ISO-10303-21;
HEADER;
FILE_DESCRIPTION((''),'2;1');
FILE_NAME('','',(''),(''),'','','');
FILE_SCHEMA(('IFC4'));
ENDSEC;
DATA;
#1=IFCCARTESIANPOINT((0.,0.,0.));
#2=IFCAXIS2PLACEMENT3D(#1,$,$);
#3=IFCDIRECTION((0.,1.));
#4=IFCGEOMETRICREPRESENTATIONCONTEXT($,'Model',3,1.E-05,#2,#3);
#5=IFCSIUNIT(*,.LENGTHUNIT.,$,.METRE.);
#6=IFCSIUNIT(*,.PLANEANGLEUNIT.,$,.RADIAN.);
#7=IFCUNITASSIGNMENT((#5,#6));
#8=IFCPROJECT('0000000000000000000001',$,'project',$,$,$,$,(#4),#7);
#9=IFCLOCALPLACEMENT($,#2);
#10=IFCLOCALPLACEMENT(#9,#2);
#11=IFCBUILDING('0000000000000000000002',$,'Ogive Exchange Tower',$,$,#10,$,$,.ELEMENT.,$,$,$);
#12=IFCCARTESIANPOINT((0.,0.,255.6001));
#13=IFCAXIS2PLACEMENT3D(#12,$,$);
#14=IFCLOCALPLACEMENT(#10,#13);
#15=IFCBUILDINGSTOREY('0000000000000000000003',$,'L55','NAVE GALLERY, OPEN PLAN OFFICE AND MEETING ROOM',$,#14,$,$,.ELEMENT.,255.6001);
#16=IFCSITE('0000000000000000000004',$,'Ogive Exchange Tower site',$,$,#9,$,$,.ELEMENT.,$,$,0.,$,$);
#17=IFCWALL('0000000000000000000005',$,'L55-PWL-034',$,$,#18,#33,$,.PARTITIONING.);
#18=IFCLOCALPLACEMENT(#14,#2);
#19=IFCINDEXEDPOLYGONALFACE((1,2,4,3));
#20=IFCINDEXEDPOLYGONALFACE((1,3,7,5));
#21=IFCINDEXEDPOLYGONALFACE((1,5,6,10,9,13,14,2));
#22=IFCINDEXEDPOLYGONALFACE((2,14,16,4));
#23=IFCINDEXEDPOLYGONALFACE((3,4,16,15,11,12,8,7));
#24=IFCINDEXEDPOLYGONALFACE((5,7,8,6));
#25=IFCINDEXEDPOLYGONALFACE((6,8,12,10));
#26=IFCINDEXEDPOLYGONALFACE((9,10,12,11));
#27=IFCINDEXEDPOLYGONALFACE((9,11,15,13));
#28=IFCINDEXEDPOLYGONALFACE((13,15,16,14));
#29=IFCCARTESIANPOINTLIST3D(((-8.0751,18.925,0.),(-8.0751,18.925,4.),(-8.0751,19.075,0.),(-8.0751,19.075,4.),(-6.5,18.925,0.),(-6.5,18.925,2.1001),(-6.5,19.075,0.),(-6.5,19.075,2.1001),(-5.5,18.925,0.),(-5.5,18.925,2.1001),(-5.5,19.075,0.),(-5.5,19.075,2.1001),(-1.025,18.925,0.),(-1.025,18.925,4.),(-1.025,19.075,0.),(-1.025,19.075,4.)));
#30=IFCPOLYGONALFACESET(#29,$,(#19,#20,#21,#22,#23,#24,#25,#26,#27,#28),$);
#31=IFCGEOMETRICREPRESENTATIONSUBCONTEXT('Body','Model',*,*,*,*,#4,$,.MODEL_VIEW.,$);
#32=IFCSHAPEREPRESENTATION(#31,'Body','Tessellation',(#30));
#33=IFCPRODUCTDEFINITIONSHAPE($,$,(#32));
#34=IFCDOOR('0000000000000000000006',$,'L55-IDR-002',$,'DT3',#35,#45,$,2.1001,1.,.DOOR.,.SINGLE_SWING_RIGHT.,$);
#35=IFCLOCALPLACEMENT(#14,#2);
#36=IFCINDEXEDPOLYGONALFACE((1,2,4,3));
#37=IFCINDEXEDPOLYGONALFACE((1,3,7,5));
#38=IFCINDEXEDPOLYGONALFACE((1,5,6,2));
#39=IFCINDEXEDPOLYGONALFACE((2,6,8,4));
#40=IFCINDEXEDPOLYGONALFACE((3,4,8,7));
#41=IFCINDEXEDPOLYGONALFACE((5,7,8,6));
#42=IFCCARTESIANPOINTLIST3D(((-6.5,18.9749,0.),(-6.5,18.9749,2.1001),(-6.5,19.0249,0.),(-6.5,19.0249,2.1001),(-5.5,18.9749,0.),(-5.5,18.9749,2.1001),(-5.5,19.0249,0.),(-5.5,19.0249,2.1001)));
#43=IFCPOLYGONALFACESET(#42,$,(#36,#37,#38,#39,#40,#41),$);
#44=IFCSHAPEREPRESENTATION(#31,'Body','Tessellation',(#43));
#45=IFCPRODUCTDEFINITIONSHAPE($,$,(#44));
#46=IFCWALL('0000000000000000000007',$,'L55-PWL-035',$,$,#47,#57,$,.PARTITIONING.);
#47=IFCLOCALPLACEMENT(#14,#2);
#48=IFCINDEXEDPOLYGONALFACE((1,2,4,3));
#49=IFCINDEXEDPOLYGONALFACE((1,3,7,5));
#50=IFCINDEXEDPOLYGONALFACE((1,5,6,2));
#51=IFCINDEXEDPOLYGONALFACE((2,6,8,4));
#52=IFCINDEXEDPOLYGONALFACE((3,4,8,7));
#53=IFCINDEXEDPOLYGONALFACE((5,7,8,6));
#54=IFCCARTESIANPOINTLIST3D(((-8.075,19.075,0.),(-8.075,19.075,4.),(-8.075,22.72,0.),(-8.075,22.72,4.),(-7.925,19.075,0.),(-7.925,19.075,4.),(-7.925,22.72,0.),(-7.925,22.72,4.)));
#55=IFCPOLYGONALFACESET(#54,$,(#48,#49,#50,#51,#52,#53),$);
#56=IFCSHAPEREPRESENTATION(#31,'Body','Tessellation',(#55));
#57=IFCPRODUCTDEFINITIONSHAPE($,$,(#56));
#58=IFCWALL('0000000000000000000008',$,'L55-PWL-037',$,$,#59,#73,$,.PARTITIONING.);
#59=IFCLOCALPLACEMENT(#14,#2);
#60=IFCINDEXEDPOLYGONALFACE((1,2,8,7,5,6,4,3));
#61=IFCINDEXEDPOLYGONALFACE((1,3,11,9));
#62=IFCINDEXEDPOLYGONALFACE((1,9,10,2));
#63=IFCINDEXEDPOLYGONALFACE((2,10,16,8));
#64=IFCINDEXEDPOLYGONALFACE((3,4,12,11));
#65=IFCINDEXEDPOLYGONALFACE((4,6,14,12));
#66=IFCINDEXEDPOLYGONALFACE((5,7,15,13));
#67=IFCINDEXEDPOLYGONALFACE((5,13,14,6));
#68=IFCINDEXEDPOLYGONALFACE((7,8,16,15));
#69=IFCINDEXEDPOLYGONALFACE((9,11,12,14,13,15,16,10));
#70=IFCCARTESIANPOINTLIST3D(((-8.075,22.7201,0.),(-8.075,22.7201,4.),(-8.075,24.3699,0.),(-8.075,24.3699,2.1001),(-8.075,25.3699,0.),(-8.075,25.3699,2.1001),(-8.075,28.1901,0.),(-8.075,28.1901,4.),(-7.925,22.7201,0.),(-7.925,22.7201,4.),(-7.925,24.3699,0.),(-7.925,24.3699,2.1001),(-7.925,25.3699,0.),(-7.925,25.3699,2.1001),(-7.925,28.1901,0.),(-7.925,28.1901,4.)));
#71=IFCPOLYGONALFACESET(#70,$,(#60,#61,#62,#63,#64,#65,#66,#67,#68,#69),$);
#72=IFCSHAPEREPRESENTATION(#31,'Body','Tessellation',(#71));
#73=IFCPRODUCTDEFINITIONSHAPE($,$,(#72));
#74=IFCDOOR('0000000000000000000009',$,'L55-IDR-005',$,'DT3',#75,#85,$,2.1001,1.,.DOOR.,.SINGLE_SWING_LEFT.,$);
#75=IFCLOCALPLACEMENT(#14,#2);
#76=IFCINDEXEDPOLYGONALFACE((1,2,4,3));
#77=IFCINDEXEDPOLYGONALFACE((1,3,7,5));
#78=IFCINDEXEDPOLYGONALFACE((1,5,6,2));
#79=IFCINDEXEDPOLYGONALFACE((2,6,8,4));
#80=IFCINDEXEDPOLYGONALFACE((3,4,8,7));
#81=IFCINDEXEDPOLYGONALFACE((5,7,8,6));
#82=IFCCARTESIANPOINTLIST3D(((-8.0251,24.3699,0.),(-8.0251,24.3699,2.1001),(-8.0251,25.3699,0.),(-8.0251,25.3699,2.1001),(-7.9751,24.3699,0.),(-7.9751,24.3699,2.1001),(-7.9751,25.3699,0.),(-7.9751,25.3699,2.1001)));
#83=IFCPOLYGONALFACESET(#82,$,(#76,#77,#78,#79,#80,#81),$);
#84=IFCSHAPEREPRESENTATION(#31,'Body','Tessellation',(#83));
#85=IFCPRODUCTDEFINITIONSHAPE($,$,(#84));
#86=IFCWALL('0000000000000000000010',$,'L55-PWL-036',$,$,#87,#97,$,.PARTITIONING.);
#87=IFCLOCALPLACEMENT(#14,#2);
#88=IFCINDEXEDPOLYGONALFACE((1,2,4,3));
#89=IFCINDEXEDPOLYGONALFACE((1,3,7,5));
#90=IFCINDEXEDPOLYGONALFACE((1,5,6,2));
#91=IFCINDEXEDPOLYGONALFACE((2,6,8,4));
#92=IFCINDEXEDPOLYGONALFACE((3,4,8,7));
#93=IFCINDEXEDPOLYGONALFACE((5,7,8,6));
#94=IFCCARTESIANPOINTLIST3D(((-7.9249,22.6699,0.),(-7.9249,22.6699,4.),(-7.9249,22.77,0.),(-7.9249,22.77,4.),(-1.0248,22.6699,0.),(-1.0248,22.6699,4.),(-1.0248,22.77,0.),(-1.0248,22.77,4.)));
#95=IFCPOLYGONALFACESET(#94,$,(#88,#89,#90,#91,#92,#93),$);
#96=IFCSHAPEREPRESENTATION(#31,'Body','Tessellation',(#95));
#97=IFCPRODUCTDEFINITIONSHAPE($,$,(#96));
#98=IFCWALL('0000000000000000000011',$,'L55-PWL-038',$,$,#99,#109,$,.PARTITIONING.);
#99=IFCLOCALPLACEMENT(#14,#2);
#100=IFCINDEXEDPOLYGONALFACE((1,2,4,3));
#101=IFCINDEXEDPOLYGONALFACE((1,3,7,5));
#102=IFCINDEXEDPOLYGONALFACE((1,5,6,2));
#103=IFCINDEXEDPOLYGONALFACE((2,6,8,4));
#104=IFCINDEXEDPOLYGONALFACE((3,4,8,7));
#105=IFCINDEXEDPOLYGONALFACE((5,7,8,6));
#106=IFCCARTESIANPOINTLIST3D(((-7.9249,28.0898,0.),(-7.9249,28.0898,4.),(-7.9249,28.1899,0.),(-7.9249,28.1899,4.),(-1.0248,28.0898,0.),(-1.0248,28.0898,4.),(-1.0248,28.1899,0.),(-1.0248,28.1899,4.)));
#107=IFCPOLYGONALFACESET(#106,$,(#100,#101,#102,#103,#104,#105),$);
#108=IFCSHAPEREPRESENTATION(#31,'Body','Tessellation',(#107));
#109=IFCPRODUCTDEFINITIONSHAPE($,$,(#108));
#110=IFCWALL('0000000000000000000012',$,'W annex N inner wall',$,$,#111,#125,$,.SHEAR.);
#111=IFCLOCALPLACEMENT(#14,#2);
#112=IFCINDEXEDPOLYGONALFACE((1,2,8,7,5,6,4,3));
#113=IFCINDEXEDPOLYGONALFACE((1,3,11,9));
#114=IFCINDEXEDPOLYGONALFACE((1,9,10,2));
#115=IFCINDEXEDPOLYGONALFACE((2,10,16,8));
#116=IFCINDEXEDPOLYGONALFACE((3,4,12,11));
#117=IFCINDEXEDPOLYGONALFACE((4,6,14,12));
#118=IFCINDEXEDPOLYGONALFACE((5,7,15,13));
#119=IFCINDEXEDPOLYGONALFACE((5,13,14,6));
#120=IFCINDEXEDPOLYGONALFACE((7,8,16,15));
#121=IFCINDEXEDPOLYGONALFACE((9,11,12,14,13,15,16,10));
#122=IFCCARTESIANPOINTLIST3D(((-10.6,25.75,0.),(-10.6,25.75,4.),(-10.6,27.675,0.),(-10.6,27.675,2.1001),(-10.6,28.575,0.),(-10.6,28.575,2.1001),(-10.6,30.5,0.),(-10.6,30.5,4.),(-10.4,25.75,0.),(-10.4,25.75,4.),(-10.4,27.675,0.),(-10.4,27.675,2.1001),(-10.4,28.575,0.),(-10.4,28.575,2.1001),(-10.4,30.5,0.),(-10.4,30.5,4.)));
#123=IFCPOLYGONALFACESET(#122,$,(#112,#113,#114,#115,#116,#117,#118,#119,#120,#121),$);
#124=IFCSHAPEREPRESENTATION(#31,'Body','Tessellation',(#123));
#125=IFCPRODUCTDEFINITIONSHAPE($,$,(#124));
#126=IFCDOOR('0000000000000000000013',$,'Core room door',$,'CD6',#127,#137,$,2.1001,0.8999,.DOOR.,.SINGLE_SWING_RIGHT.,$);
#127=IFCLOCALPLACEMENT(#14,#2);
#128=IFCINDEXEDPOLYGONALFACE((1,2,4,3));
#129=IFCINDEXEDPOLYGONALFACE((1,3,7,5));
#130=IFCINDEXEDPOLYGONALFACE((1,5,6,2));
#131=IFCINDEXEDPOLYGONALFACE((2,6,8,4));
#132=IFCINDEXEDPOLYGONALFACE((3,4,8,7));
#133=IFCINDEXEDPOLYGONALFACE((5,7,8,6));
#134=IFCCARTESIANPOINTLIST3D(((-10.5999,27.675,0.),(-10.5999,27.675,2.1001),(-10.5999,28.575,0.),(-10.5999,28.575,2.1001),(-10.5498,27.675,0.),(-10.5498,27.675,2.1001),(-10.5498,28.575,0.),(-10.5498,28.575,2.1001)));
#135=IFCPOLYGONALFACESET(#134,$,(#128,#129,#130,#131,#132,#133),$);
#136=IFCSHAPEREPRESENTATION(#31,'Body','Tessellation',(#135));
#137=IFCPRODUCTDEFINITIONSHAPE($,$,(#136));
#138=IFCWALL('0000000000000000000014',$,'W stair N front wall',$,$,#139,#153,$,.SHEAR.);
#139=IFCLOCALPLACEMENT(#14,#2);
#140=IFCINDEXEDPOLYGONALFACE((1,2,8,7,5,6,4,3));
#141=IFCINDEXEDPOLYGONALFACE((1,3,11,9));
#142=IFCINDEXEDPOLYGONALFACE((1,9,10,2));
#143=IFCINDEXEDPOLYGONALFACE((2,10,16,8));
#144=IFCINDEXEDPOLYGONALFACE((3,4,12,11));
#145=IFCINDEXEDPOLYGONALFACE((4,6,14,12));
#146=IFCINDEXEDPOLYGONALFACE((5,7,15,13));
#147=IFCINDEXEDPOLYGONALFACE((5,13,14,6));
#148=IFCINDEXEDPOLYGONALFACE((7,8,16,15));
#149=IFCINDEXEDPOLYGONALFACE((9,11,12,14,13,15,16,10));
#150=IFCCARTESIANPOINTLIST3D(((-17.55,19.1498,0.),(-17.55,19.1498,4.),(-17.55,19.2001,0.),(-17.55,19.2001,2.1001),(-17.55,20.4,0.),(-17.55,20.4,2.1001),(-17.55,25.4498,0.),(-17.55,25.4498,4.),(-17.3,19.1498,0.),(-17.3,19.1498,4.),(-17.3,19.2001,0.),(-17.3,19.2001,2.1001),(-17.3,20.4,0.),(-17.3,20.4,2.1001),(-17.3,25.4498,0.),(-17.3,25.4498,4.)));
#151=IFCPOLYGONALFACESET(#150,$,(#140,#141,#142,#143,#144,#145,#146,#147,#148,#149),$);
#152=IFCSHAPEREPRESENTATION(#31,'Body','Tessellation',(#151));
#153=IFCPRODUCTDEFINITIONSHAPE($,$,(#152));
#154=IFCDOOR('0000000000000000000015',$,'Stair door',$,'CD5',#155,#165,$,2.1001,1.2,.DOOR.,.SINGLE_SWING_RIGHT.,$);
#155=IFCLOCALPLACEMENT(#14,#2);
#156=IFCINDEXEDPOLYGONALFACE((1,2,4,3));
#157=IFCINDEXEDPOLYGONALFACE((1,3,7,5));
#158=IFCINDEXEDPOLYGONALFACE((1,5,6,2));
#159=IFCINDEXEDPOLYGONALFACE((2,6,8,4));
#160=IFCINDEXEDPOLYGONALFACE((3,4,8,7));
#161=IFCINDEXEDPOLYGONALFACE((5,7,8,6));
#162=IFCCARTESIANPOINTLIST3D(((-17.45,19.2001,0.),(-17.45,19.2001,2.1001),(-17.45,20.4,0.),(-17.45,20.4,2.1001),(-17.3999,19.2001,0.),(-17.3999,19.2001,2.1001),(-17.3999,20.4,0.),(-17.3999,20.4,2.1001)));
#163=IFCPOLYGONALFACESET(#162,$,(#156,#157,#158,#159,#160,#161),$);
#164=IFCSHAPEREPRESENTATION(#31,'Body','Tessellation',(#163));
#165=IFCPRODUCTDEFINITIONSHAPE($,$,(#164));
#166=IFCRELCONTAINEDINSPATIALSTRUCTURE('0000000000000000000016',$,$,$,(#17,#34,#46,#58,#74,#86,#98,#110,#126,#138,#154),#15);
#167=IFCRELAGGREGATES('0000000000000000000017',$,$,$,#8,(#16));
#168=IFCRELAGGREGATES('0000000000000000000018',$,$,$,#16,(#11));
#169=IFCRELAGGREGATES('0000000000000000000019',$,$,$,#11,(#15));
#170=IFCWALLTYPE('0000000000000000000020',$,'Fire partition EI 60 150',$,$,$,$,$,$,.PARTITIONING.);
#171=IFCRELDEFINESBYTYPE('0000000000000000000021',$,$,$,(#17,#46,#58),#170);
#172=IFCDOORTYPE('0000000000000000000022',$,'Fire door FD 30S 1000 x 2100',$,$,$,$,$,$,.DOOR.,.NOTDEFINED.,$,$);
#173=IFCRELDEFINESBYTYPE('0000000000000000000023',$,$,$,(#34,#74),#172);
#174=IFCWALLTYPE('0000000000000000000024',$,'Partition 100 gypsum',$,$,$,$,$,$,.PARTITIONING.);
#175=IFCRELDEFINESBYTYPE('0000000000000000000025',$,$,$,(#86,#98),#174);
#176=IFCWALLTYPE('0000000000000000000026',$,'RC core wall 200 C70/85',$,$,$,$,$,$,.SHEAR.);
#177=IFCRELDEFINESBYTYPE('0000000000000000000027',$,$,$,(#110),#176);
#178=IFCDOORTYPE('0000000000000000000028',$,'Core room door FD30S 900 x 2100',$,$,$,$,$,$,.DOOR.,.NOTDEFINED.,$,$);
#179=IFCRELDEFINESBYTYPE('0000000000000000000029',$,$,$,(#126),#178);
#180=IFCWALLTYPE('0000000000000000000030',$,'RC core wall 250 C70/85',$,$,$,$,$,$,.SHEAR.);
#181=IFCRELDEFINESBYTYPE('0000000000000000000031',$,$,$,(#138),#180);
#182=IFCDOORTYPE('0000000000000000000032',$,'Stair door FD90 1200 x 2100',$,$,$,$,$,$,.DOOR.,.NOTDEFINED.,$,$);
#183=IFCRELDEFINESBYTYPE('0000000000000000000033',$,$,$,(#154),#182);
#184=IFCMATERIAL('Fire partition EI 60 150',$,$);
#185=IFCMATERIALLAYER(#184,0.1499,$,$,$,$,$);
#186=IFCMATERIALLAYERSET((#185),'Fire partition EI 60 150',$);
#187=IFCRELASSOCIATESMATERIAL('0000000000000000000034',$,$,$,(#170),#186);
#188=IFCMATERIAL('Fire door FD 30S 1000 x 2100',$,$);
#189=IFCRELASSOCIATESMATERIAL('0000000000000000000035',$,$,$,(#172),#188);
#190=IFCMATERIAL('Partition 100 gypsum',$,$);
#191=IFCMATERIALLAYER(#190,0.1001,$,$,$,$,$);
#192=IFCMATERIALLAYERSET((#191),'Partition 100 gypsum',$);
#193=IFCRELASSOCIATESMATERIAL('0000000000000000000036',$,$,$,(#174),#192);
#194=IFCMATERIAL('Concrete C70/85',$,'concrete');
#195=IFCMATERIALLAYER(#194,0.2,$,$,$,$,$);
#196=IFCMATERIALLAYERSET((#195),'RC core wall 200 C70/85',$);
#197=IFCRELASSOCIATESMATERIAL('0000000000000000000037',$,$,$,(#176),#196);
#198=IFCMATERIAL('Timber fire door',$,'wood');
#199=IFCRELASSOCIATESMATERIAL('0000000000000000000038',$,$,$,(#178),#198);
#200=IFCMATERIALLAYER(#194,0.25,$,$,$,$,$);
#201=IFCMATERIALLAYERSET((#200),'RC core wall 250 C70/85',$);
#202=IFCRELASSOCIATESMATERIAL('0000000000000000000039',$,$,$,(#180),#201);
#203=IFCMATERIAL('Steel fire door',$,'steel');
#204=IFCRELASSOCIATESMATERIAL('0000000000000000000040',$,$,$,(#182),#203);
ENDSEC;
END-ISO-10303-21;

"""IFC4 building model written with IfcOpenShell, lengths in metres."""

from ifc_helpers import new_model, si_unit, direction, frame, frame_2d, origin, place, context, subcontext, project, spatial, rectangle, extrude, material, layer, layer_set, type_object, element, fill, save


model = new_model("IFC4")

# Units and contexts
model_context = context("Model", 3, precision=1e-05, world=origin(), true_north=direction((0.0, 1.0)))
body_context = subcontext(model_context, "Body", "Model", "MODEL_VIEW")
ifc_project = project(units=[si_unit("LENGTHUNIT", "METRE"), si_unit("PLANEANGLEUNIT", "RADIAN")], contexts=[model_context])

# Site, building, storey
site_placement = place(None, origin())
site = spatial("IfcSite", under=ifc_project, at=site_placement, Name="Ogive Exchange Tower site", CompositionType="ELEMENT", RefElevation=0.0)
building_placement = place(site_placement, origin())
building = spatial("IfcBuilding", under=site, at=building_placement, Name="Ogive Exchange Tower", CompositionType="ELEMENT")
storey_placement = place(building_placement, frame((0.0, 0.0, 255.6001)))
storey = spatial("IfcBuildingStorey", under=building, at=storey_placement, Name="L55", Description="NAVE GALLERY, OPEN PLAN OFFICE AND MEETING ROOM", CompositionType="ELEMENT", Elevation=255.6001)

# Shared definitions
ifc_material_1 = material(Name="Fire partition EI 60 150")
ifc_layer_1 = layer(ifc_material_1, 0.1499)
ifc_layer_set_1 = layer_set([ifc_layer_1], Name="Fire partition EI 60 150")
wall_type_1 = type_object("IfcWallType", Name="Fire partition EI 60 150", PredefinedType="PARTITIONING", material=ifc_layer_set_1)

# Wall, opening, door
wall_1_placement = place(storey_placement, frame((-8.075, 19.0, 0.0), z_axis=(0.0, 0.0, 1.0), x_axis=(1.0, 0.0, 0.0)))
wall_1 = element("IfcWall", 1, at=wall_1_placement, inside=storey, type_object=wall_type_1, Name="L55-PWL-034", PredefinedType="PARTITIONING", context=body_context, shape_type="SweptSolid", body=[
    extrude(rectangle(XDim=7.05, YDim=0.1499, at=frame_2d((3.5249, 0.0))), origin(), (0.0, 0.0, 1.0), 4.0),
])
opening_1_placement = place(wall_1_placement, frame((1.575, 0.0, 0.0)))
opening_1 = element("IfcOpeningElement", 2, at=opening_1_placement, cuts=wall_1, PredefinedType="OPENING", context=body_context, shape_type="SweptSolid", body=[
    extrude(rectangle(XDim=1.0, YDim=2.1001, at=frame_2d((0.5, 1.05))), frame((0.0, 0.085, 0.0), z_axis=(0.0, -1.0, 0.0), x_axis=(1.0, 0.0, 0.0)), (0.0, 0.0, 1.0), 0.1699),
])
ifc_material_2 = material(Name="Fire door FD 30S 1000 x 2100")
door_type_1 = type_object("IfcDoorType", Name="Fire door FD 30S 1000 x 2100", OperationType="NOTDEFINED", PredefinedType="DOOR", material=ifc_material_2)
door_1_placement = place(opening_1_placement, origin())
door_1 = element("IfcDoor", 3, at=door_1_placement, inside=storey, type_object=door_type_1, Name="L55-IDR-002", ObjectType="DT3", OperationType="SINGLE_SWING_RIGHT", OverallHeight=2.1001, OverallWidth=1.0, PredefinedType="DOOR", context=body_context, shape_type="SweptSolid", body=[
    extrude(rectangle(XDim=1.0, YDim=2.1001, at=frame_2d((0.5, 1.05))), frame((0.0, 0.0249, 0.0), z_axis=(0.0, -1.0, 0.0), x_axis=(1.0, 0.0, 0.0)), (0.0, 0.0, 1.0), 0.05),
])
fill(opening_1, door_1)

# Wall
wall_2_placement = place(storey_placement, frame((-8.0, 22.72, 0.0), z_axis=(0.0, 0.0, 1.0), x_axis=(0.0, -1.0, 0.0)))
element("IfcWall", 4, at=wall_2_placement, inside=storey, type_object=wall_type_1, Name="L55-PWL-035", PredefinedType="PARTITIONING", context=body_context, shape_type="SweptSolid", body=[
    extrude(rectangle(XDim=3.645, YDim=0.1499, at=frame_2d((1.8225, 0.0))), origin(), (0.0, 0.0, 1.0), 4.0),
])

# Wall, opening, door
wall_3_placement = place(storey_placement, frame((-8.0, 28.1899, 0.0), z_axis=(0.0, 0.0, 1.0), x_axis=(0.0, -1.0, 0.0)))
wall_3 = element("IfcWall", 5, at=wall_3_placement, inside=storey, type_object=wall_type_1, Name="L55-PWL-037", PredefinedType="PARTITIONING", context=body_context, shape_type="SweptSolid", body=[
    extrude(rectangle(XDim=5.47, YDim=0.1499, at=frame_2d((2.7349, 0.0))), origin(), (0.0, 0.0, 1.0), 4.0),
])
opening_2_placement = place(wall_3_placement, frame((2.8201, 0.0, 0.0)))
opening_2 = element("IfcOpeningElement", 6, at=opening_2_placement, cuts=wall_3, PredefinedType="OPENING", context=body_context, shape_type="SweptSolid", body=[
    extrude(rectangle(XDim=1.0, YDim=2.1001, at=frame_2d((0.5, 1.05))), frame((0.0, 0.085, 0.0), z_axis=(0.0, -1.0, 0.0), x_axis=(1.0, 0.0, 0.0)), (0.0, 0.0, 1.0), 0.1699),
])
door_2_placement = place(opening_2_placement, origin())
door_2 = element("IfcDoor", 7, at=door_2_placement, inside=storey, type_object=door_type_1, Name="L55-IDR-005", ObjectType="DT3", OperationType="SINGLE_SWING_LEFT", OverallHeight=2.1001, OverallWidth=1.0, PredefinedType="DOOR", context=body_context, shape_type="SweptSolid", body=[
    extrude(rectangle(XDim=1.0, YDim=2.1001, at=frame_2d((0.5, 1.05))), frame((0.0, 0.0249, 0.0), z_axis=(0.0, -1.0, 0.0), x_axis=(1.0, 0.0, 0.0)), (0.0, 0.0, 1.0), 0.05),
])
fill(opening_2, door_2)

# Walls
ifc_material_3 = material(Name="Partition 100 gypsum")
ifc_layer_2 = layer(ifc_material_3, 0.1001)
ifc_layer_set_2 = layer_set([ifc_layer_2], Name="Partition 100 gypsum")
wall_type_2 = type_object("IfcWallType", Name="Partition 100 gypsum", PredefinedType="PARTITIONING", material=ifc_layer_set_2)
for number, where, z_axis, x_axis, name in (
    (8, (-7.925, 22.72, 0.0), (0.0, 0.0, 1.0), (1.0, 0.0, 0.0), "L55-PWL-036"),
    (9, (-7.925, 28.1399, 0.0), (0.0, 0.0, 1.0), (1.0, 0.0, 0.0), "L55-PWL-038"),
):
    element("IfcWall", number, at=place(storey_placement, frame(where, z_axis=z_axis, x_axis=x_axis)), inside=storey, type_object=wall_type_2, Name=name, PredefinedType="PARTITIONING", context=body_context, shape_type="SweptSolid", body=[
        extrude(rectangle(XDim=6.9001, YDim=0.1001, at=frame_2d((3.4502, 0.0))), origin(), (0.0, 0.0, 1.0), 4.0),
    ])

# Walls, openings, doors
ifc_material_4 = material(Name="Concrete C70/85", Category="concrete")
ifc_layer_3 = layer(ifc_material_4, 0.2)
ifc_layer_set_3 = layer_set([ifc_layer_3], Name="RC core wall 200 C70/85")
wall_type_3 = type_object("IfcWallType", Name="RC core wall 200 C70/85", PredefinedType="SHEAR", material=ifc_layer_set_3)
wall_4_placement = place(storey_placement, frame((-10.5, 25.75, 0.0), z_axis=(0.0, 0.0, 1.0), x_axis=(0.0, 1.0, 0.0)))
wall_4 = element("IfcWall", 10, at=wall_4_placement, inside=storey, type_object=wall_type_3, Name="W annex N inner wall", PredefinedType="SHEAR", context=body_context, shape_type="SweptSolid", body=[
    extrude(rectangle(XDim=4.75, YDim=0.2, at=frame_2d((2.375, 0.0))), origin(), (0.0, 0.0, 1.0), 4.0),
])
opening_3_placement = place(wall_4_placement, frame((1.925, 0.0, 0.0)))
opening_3 = element("IfcOpeningElement", 11, at=opening_3_placement, cuts=wall_4, PredefinedType="OPENING", context=body_context, shape_type="SweptSolid", body=[
    extrude(rectangle(XDim=0.8999, YDim=2.1001, at=frame_2d((0.45, 1.05))), frame((0.0, 0.1099, 0.0), z_axis=(0.0, -1.0, 0.0), x_axis=(1.0, 0.0, 0.0)), (0.0, 0.0, 1.0), 0.22),
])
ifc_material_5 = material(Name="Timber fire door", Category="wood")
door_type_2 = type_object("IfcDoorType", Name="Core room door FD30S 900 x 2100", OperationType="NOTDEFINED", PredefinedType="DOOR", material=ifc_material_5)
door_3_placement = place(opening_3_placement, frame((0.8999, 0.1499, 0.0), z_axis=(0.0, 0.0, 1.0), x_axis=(-1.0, 0.0, 0.0)))
door_3 = element("IfcDoor", 12, at=door_3_placement, inside=storey, type_object=door_type_2, Name="Core room door", ObjectType="CD6", OperationType="SINGLE_SWING_RIGHT", OverallHeight=2.1001, OverallWidth=0.8999, PredefinedType="DOOR", context=body_context, shape_type="SweptSolid", body=[
    extrude(rectangle(XDim=0.8999, YDim=2.1001, at=frame_2d((0.45, 1.05))), frame((0.0, 0.1001, 0.0), z_axis=(0.0, -1.0, 0.0), x_axis=(1.0, 0.0, 0.0)), (0.0, 0.0, 1.0), 0.05),
])
fill(opening_3, door_3)
ifc_layer_4 = layer(ifc_material_4, 0.25)
ifc_layer_set_4 = layer_set([ifc_layer_4], Name="RC core wall 250 C70/85")
wall_type_4 = type_object("IfcWallType", Name="RC core wall 250 C70/85", PredefinedType="SHEAR", material=ifc_layer_set_4)
wall_5_placement = place(storey_placement, frame((-17.425, 19.1499, 0.0), z_axis=(0.0, 0.0, 1.0), x_axis=(0.0, 1.0, 0.0)))
wall_5 = element("IfcWall", 13, at=wall_5_placement, inside=storey, type_object=wall_type_4, Name="W stair N front wall", PredefinedType="SHEAR", context=body_context, shape_type="SweptSolid", body=[
    extrude(rectangle(XDim=6.3, YDim=0.25, at=frame_2d((3.1499, 0.0))), origin(), (0.0, 0.0, 1.0), 4.0),
])
opening_4_placement = place(wall_5_placement, frame((0.05, 0.0, 0.0)))
opening_4 = element("IfcOpeningElement", 14, at=opening_4_placement, cuts=wall_5, PredefinedType="OPENING", context=body_context, shape_type="SweptSolid", body=[
    extrude(rectangle(XDim=1.2, YDim=2.1001, at=frame_2d((0.6001, 1.05))), frame((0.0, 0.135, 0.0), z_axis=(0.0, -1.0, 0.0), x_axis=(1.0, 0.0, 0.0)), (0.0, 0.0, 1.0), 0.27),
])
ifc_material_6 = material(Name="Steel fire door", Category="steel")
door_type_3 = type_object("IfcDoorType", Name="Stair door FD90 1200 x 2100", OperationType="NOTDEFINED", PredefinedType="DOOR", material=ifc_material_6)
door_4_placement = place(opening_4_placement, origin())
door_4 = element("IfcDoor", 15, at=door_4_placement, inside=storey, type_object=door_type_3, Name="Stair door", ObjectType="CD5", OperationType="SINGLE_SWING_RIGHT", OverallHeight=2.1001, OverallWidth=1.2, PredefinedType="DOOR", context=body_context, shape_type="SweptSolid", body=[
    extrude(rectangle(XDim=1.2, YDim=2.1001, at=frame_2d((0.6001, 1.05))), frame((0.0, 0.0249, 0.0), z_axis=(0.0, -1.0, 0.0), x_axis=(1.0, 0.0, 0.0)), (0.0, 0.0, 1.0), 0.05),
])
fill(opening_4, door_4)

save(model, "model.ifc")
